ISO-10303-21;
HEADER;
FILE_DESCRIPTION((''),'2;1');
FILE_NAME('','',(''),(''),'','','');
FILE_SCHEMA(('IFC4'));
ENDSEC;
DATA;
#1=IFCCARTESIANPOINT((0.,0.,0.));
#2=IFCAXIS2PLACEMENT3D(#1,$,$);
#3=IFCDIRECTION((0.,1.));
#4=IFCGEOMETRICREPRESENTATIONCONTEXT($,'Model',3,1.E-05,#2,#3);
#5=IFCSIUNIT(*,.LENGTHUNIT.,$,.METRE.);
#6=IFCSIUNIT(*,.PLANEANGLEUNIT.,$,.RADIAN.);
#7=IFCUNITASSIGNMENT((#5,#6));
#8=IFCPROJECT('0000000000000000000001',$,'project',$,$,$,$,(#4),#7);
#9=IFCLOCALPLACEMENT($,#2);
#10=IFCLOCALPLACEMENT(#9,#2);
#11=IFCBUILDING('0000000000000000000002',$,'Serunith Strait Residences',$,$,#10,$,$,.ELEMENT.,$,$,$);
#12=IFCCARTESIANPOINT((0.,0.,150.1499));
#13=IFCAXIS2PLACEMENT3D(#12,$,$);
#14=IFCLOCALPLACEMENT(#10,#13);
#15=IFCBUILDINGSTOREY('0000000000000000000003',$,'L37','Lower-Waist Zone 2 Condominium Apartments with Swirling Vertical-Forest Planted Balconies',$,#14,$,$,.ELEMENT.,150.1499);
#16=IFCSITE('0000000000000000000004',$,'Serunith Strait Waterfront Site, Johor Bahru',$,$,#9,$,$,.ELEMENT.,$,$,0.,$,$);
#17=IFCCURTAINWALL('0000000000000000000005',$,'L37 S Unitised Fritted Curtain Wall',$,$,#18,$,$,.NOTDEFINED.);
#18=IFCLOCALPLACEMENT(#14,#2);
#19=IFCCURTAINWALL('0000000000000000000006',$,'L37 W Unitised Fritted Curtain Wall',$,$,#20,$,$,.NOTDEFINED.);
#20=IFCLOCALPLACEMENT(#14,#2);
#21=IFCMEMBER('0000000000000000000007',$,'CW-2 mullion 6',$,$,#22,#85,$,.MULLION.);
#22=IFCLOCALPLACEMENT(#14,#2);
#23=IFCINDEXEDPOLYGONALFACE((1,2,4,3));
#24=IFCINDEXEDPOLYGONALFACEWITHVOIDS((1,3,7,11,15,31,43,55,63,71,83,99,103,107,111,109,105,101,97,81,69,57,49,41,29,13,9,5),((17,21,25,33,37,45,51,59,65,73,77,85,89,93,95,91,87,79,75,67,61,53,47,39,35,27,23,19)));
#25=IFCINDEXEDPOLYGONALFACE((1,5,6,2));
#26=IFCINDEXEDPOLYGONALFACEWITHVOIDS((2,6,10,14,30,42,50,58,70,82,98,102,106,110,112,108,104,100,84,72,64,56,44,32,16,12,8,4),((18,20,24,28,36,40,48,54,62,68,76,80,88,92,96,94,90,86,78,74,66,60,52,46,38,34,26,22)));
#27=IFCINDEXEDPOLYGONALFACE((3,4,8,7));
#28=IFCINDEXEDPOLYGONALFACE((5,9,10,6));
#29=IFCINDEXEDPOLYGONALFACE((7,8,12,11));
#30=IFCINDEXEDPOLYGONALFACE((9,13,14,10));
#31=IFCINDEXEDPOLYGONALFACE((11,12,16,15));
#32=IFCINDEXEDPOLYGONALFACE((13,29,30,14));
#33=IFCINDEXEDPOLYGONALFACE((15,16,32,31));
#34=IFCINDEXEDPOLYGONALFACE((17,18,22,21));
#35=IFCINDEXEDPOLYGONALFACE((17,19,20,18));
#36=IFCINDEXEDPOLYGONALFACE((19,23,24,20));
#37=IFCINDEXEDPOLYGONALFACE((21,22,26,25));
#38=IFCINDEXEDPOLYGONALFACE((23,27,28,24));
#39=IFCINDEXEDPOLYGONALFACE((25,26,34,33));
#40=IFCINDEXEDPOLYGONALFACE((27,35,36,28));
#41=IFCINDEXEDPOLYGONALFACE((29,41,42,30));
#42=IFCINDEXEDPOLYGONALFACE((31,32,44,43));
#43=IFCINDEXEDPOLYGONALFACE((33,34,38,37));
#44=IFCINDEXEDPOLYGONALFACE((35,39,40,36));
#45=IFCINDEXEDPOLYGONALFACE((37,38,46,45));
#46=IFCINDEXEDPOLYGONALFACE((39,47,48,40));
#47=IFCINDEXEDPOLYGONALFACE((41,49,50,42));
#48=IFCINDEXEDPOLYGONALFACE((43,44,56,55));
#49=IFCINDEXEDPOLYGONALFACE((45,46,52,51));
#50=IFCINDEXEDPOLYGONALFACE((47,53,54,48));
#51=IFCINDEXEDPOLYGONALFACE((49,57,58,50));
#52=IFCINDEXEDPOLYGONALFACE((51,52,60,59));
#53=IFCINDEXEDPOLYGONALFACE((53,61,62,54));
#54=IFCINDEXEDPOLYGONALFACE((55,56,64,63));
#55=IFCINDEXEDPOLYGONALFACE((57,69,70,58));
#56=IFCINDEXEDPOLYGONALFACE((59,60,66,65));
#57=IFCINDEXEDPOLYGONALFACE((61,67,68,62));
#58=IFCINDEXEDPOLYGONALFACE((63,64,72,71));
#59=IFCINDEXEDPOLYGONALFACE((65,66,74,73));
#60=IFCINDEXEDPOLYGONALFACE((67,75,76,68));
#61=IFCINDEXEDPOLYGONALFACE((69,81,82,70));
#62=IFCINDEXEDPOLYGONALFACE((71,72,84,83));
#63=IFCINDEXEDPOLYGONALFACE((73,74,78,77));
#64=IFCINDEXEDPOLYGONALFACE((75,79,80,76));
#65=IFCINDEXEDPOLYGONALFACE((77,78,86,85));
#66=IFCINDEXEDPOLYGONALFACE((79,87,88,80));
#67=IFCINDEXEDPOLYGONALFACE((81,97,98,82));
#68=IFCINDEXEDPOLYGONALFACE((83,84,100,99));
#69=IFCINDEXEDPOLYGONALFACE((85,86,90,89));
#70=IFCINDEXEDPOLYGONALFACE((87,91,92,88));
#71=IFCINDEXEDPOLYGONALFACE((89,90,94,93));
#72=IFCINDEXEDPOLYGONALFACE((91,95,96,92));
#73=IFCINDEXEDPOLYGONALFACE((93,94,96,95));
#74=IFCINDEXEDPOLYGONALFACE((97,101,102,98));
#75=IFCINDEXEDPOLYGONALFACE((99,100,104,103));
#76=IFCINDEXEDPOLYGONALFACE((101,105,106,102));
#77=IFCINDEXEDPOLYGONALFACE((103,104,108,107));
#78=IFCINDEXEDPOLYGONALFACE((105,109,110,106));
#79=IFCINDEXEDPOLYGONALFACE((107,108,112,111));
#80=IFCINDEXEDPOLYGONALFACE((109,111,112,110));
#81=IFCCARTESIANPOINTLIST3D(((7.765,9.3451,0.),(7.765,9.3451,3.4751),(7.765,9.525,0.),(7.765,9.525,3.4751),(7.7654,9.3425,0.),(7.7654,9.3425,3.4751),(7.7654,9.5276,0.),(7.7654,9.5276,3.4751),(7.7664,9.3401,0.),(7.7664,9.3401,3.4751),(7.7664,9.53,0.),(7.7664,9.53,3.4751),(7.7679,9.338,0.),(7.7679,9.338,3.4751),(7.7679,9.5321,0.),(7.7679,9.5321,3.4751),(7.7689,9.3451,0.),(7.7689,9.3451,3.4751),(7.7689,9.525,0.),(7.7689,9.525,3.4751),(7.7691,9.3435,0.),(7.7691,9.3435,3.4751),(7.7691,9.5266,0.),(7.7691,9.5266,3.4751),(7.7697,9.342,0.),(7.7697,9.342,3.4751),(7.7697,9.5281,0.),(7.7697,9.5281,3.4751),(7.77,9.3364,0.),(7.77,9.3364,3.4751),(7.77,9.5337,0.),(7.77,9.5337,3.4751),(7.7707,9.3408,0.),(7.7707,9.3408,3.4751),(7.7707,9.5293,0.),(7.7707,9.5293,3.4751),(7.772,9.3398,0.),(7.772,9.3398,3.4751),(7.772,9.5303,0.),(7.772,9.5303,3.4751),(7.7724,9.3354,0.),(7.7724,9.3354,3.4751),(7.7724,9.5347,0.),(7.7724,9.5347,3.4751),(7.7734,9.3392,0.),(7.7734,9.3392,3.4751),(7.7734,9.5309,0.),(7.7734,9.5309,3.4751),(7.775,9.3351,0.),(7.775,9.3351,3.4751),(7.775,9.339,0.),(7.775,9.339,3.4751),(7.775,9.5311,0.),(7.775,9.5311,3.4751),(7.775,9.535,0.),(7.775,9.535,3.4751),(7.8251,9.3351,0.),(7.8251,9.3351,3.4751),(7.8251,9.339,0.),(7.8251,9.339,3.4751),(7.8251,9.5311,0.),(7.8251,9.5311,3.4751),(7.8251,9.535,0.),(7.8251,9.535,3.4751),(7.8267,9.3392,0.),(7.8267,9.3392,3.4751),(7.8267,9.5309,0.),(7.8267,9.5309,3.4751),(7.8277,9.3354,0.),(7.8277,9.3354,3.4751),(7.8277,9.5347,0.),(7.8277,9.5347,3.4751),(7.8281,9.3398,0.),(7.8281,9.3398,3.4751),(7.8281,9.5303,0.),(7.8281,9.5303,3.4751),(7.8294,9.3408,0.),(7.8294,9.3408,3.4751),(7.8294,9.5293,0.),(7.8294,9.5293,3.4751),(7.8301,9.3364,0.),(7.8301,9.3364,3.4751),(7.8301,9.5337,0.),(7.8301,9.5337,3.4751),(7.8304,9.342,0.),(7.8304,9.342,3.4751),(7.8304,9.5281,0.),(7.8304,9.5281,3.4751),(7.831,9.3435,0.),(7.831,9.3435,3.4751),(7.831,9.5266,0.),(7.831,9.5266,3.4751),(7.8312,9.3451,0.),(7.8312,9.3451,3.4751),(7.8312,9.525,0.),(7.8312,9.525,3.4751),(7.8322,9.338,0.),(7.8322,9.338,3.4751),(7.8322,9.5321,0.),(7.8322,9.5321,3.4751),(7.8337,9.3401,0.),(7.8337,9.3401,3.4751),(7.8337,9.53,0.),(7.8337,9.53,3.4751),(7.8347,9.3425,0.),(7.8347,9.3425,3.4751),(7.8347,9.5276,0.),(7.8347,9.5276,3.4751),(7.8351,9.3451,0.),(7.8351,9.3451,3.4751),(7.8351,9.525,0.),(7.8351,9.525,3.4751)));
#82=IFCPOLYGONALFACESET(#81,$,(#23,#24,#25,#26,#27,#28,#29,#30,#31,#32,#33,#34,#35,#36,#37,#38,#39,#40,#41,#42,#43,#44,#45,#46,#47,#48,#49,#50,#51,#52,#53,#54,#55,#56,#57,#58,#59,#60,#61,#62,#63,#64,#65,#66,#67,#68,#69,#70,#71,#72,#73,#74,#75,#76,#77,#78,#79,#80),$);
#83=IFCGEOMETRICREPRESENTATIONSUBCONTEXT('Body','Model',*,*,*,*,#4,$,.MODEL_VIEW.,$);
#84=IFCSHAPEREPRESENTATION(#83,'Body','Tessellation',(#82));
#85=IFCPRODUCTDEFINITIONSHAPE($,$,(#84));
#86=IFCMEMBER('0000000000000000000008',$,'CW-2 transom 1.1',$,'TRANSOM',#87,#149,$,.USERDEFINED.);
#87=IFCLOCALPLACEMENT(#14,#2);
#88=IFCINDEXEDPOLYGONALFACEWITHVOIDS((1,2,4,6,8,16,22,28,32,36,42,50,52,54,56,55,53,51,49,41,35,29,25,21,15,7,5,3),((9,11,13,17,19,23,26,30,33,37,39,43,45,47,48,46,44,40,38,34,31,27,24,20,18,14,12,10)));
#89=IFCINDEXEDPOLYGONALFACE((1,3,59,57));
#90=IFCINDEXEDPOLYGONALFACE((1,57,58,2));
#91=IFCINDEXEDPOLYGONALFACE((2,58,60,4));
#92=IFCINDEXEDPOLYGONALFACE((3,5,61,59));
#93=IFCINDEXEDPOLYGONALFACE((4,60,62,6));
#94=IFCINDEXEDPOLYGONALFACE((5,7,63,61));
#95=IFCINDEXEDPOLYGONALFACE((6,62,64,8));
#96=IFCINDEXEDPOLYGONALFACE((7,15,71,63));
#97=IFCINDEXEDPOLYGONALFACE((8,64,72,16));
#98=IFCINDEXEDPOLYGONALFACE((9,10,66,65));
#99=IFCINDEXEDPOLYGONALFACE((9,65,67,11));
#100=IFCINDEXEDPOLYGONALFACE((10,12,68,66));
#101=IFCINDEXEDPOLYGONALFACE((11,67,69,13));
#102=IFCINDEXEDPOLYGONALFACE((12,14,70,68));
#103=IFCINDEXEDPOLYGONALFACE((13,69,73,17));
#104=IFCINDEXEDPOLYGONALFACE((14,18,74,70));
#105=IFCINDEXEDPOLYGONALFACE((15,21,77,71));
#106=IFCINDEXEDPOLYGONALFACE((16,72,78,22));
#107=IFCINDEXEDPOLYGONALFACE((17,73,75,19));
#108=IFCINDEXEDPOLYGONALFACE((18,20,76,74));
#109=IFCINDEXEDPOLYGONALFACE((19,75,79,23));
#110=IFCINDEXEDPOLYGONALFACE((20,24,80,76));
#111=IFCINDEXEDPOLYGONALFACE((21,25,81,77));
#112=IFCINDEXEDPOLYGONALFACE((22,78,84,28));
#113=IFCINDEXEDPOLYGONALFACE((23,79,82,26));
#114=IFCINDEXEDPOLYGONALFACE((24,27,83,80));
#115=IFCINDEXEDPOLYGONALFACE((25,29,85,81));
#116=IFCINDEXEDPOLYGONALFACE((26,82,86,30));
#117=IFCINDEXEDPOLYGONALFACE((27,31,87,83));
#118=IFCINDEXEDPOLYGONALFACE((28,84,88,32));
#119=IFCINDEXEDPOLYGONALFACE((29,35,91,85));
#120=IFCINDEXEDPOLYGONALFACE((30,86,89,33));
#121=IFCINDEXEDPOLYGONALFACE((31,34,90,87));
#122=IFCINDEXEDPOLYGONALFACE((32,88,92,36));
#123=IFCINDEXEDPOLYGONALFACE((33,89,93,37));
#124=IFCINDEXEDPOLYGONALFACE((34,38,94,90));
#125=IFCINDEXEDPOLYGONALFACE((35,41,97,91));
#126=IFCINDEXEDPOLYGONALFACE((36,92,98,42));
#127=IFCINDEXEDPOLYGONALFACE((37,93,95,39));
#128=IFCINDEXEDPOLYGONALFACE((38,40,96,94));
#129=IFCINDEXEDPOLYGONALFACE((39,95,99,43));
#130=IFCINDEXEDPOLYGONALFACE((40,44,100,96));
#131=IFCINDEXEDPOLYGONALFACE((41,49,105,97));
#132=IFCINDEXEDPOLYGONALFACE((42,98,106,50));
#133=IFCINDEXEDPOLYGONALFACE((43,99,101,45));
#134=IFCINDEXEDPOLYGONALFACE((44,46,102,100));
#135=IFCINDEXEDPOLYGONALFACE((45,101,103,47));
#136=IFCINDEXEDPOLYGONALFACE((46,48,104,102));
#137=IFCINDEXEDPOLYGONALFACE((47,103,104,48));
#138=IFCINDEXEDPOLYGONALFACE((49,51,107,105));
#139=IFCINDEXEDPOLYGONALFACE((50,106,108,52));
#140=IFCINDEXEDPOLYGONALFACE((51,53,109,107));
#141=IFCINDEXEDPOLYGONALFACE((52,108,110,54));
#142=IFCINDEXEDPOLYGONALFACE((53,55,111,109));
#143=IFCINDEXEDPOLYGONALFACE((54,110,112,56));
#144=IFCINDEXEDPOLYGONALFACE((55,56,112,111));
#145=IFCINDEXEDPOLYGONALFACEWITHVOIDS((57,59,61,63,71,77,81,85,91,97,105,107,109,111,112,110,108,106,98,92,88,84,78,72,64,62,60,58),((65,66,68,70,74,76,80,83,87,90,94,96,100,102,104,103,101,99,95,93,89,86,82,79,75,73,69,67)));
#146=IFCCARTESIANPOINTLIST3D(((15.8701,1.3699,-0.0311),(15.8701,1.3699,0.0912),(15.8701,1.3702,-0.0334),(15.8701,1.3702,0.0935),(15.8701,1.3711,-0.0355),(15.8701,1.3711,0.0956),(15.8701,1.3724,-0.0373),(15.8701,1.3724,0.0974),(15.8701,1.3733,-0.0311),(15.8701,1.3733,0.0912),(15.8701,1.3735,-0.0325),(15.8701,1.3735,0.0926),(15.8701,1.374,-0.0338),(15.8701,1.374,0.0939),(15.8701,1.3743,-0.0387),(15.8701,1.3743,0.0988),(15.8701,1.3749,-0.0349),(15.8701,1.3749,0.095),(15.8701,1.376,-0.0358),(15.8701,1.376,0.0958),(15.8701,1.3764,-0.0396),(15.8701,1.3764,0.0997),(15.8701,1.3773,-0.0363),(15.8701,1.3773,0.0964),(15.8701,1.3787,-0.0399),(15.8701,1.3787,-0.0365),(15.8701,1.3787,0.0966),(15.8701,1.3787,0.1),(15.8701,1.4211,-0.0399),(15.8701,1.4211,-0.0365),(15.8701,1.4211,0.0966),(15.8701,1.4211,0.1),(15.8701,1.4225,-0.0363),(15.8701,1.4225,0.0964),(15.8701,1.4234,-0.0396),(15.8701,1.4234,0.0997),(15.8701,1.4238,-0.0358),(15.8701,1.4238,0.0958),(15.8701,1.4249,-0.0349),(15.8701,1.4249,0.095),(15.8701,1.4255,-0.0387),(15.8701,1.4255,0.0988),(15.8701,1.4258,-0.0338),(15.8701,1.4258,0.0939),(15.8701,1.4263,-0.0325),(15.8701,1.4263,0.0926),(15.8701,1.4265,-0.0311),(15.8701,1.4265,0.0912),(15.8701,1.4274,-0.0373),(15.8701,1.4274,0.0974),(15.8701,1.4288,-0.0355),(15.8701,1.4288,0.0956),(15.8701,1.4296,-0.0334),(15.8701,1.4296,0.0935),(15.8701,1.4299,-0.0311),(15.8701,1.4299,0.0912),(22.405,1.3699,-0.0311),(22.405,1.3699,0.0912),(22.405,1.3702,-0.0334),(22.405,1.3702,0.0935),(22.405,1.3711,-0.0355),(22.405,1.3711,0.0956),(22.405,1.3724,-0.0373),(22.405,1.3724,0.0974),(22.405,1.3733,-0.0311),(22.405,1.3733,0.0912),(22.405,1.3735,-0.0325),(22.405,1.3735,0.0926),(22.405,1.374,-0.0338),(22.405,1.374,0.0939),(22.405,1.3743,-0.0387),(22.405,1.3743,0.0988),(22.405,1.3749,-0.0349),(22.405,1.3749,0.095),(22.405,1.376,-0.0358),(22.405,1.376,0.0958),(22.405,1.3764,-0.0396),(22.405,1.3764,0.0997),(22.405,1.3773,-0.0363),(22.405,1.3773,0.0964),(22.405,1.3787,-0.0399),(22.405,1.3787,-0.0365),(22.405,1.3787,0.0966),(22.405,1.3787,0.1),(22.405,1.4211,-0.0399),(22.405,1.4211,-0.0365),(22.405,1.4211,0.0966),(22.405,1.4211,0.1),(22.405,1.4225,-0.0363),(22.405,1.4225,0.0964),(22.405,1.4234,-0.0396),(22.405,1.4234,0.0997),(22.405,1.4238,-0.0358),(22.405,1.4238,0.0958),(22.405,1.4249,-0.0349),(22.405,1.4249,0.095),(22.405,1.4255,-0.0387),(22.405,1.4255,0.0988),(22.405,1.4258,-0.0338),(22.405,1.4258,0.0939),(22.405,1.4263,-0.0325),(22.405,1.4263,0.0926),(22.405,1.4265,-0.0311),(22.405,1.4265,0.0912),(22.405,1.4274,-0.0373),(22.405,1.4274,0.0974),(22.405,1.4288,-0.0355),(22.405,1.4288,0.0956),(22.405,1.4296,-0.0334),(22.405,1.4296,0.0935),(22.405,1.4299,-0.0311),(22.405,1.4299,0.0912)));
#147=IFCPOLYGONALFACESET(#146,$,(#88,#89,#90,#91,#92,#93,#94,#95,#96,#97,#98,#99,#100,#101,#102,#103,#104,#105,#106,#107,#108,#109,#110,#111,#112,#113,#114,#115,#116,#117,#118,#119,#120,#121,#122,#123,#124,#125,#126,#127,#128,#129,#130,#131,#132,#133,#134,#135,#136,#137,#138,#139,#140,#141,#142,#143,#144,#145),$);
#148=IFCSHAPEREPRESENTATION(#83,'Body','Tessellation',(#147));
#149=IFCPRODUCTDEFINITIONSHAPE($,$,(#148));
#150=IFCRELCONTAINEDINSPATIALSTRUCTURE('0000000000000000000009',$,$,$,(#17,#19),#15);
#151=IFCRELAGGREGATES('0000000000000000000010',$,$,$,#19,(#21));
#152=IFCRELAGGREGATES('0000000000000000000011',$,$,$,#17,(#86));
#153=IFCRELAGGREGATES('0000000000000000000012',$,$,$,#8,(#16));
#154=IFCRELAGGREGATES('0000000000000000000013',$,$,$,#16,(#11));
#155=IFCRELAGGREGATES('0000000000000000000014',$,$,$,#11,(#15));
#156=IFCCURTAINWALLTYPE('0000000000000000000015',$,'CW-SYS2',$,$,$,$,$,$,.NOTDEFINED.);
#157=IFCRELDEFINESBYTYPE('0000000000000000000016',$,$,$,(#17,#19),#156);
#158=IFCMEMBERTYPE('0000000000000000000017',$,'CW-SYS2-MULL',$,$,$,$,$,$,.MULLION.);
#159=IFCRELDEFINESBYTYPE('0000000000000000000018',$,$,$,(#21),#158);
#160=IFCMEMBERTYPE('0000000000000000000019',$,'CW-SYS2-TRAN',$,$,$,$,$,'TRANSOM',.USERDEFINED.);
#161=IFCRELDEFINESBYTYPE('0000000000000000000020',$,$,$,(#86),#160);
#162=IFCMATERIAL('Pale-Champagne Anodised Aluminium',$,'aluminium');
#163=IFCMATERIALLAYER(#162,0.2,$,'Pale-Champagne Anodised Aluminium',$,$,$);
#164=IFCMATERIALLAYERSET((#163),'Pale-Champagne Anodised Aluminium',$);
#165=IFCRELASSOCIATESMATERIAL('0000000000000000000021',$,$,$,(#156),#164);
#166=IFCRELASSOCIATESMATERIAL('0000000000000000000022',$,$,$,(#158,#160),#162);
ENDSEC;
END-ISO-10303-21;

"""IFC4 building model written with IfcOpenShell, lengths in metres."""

from ifc_helpers import new_model, si_unit, direction, frame, origin, origin_2d, place, context, subcontext, project, spatial, hollow_rectangle, extrude, source, transform, mapped, material, layer, layer_set, material_profile, profile_set, type_object, element, aggregate, save


model = new_model("IFC4")

# Units and contexts
model_context = context("Model", 3, precision=1e-05, world=origin(), true_north=direction((0.0, 1.0)))
body_context = subcontext(model_context, "Body", "Model", "MODEL_VIEW")
ifc_project = project(units=[si_unit("LENGTHUNIT", "METRE"), si_unit("PLANEANGLEUNIT", "RADIAN")], contexts=[model_context])

# Site, building, storey
site_placement = place(None, origin())
site = spatial("IfcSite", under=ifc_project, at=site_placement, Name="Serunith Strait Waterfront Site, Johor Bahru", CompositionType="ELEMENT", RefElevation=0.0)
building_placement = place(site_placement, origin())
building = spatial("IfcBuilding", under=site, at=building_placement, Name="Serunith Strait Residences", CompositionType="ELEMENT")
storey_placement = place(building_placement, frame((0.0, 0.0, 150.1499)))
storey = spatial("IfcBuildingStorey", under=building, at=storey_placement, Name="L37", Description="Lower-Waist Zone 2 Condominium Apartments with Swirling Vertical-Forest Planted Balconies", CompositionType="ELEMENT", Elevation=150.1499)

# Curtain walls, member
ifc_material_1 = material(Name="Pale-Champagne Anodised Aluminium", Category="aluminium")
ifc_layer_1 = layer(ifc_material_1, 0.2, Name="Pale-Champagne Anodised Aluminium")
ifc_layer_set_1 = layer_set([ifc_layer_1], Name="Pale-Champagne Anodised Aluminium")
curtain_wall_type = type_object("IfcCurtainWallType", Name="CW-SYS2", PredefinedType="NOTDEFINED", material=ifc_layer_set_1)
curtain_wall_1_placement = place(storey_placement, origin())
curtain_wall_1 = element("IfcCurtainWall", 1, at=curtain_wall_1_placement, inside=storey, type_object=curtain_wall_type, Name="L37 S Unitised Fritted Curtain Wall", PredefinedType="NOTDEFINED")
ifc_material_profile_1 = material_profile(ifc_material_1, hollow_rectangle(XDim=0.0701, YDim=0.2, WallThickness=0.0039, InnerFilletRadius=0.0061, OuterFilletRadius=0.01, at=origin_2d()), Name="ALU 200x70x4")
ifc_profile_set_1 = profile_set([ifc_material_profile_1], Name="Pale-Champagne Anodised Aluminium")
member_type_1 = type_object("IfcMemberType", Name="CW-SYS2-MULL", PredefinedType="MULLION", material=ifc_profile_set_1)
shared_shape_1 = source(origin(), body_context, "Body", "SweptSolid", [
    extrude(hollow_rectangle(XDim=0.0701, YDim=0.2, WallThickness=0.0039, InnerFilletRadius=0.0061, OuterFilletRadius=0.01, at=origin_2d()), origin(), (0.0, 0.0, 1.0), 3.4751),
])
curtain_wall_2_placement = place(storey_placement, origin())
curtain_wall_2 = element("IfcCurtainWall", 2, at=curtain_wall_2_placement, inside=storey, type_object=curtain_wall_type, Name="L37 W Unitised Fritted Curtain Wall", PredefinedType="NOTDEFINED")
member_1_placement = place(storey_placement, frame((7.8, 9.4351, 0.0), z_axis=(0.0, 0.0, 1.0), x_axis=(1.0, 0.0, 0.0)))
member_1 = element("IfcMember", 3, at=member_1_placement, type_object=member_type_1, Name="CW-2 mullion 6", PredefinedType="MULLION", context=body_context, shape_type="MappedRepresentation", body=[
    mapped(shared_shape_1, transform((0.0, 0.0, 0.0), scale=1.0)),
])
aggregate(curtain_wall_2, [member_1])

# Member
ifc_material_profile_2 = material_profile(ifc_material_1, hollow_rectangle(XDim=0.0601, YDim=0.1399, WallThickness=0.0034, InnerFilletRadius=0.0054, OuterFilletRadius=0.0088, at=origin_2d()), Name="ALU 140x60x3.5")
ifc_profile_set_2 = profile_set([ifc_material_profile_2], Name="Pale-Champagne Anodised Aluminium")
member_type_2 = type_object("IfcMemberType", Name="CW-SYS2-TRAN", ElementType="TRANSOM", PredefinedType="USERDEFINED", material=ifc_profile_set_2)
shared_shape_2 = source(origin(), body_context, "Body", "SweptSolid", [
    extrude(hollow_rectangle(XDim=0.0601, YDim=0.1399, WallThickness=0.0034, InnerFilletRadius=0.0054, OuterFilletRadius=0.0088, at=origin_2d()), origin(), (0.0, 0.0, 1.0), 6.5349),
])
member_2_placement = place(storey_placement, frame((15.8701, 1.3999, 0.03), z_axis=(1.0, 0.0, 0.0), x_axis=(0.0, 1.0, 0.0)))
member_2 = element("IfcMember", 4, at=member_2_placement, type_object=member_type_2, Name="CW-2 transom 1.1", ObjectType="TRANSOM", PredefinedType="USERDEFINED", context=body_context, shape_type="MappedRepresentation", body=[
    mapped(shared_shape_2, transform((0.0, 0.0, 0.0), scale=1.0)),
])
aggregate(curtain_wall_1, [member_2])

save(model, "model.ifc")
